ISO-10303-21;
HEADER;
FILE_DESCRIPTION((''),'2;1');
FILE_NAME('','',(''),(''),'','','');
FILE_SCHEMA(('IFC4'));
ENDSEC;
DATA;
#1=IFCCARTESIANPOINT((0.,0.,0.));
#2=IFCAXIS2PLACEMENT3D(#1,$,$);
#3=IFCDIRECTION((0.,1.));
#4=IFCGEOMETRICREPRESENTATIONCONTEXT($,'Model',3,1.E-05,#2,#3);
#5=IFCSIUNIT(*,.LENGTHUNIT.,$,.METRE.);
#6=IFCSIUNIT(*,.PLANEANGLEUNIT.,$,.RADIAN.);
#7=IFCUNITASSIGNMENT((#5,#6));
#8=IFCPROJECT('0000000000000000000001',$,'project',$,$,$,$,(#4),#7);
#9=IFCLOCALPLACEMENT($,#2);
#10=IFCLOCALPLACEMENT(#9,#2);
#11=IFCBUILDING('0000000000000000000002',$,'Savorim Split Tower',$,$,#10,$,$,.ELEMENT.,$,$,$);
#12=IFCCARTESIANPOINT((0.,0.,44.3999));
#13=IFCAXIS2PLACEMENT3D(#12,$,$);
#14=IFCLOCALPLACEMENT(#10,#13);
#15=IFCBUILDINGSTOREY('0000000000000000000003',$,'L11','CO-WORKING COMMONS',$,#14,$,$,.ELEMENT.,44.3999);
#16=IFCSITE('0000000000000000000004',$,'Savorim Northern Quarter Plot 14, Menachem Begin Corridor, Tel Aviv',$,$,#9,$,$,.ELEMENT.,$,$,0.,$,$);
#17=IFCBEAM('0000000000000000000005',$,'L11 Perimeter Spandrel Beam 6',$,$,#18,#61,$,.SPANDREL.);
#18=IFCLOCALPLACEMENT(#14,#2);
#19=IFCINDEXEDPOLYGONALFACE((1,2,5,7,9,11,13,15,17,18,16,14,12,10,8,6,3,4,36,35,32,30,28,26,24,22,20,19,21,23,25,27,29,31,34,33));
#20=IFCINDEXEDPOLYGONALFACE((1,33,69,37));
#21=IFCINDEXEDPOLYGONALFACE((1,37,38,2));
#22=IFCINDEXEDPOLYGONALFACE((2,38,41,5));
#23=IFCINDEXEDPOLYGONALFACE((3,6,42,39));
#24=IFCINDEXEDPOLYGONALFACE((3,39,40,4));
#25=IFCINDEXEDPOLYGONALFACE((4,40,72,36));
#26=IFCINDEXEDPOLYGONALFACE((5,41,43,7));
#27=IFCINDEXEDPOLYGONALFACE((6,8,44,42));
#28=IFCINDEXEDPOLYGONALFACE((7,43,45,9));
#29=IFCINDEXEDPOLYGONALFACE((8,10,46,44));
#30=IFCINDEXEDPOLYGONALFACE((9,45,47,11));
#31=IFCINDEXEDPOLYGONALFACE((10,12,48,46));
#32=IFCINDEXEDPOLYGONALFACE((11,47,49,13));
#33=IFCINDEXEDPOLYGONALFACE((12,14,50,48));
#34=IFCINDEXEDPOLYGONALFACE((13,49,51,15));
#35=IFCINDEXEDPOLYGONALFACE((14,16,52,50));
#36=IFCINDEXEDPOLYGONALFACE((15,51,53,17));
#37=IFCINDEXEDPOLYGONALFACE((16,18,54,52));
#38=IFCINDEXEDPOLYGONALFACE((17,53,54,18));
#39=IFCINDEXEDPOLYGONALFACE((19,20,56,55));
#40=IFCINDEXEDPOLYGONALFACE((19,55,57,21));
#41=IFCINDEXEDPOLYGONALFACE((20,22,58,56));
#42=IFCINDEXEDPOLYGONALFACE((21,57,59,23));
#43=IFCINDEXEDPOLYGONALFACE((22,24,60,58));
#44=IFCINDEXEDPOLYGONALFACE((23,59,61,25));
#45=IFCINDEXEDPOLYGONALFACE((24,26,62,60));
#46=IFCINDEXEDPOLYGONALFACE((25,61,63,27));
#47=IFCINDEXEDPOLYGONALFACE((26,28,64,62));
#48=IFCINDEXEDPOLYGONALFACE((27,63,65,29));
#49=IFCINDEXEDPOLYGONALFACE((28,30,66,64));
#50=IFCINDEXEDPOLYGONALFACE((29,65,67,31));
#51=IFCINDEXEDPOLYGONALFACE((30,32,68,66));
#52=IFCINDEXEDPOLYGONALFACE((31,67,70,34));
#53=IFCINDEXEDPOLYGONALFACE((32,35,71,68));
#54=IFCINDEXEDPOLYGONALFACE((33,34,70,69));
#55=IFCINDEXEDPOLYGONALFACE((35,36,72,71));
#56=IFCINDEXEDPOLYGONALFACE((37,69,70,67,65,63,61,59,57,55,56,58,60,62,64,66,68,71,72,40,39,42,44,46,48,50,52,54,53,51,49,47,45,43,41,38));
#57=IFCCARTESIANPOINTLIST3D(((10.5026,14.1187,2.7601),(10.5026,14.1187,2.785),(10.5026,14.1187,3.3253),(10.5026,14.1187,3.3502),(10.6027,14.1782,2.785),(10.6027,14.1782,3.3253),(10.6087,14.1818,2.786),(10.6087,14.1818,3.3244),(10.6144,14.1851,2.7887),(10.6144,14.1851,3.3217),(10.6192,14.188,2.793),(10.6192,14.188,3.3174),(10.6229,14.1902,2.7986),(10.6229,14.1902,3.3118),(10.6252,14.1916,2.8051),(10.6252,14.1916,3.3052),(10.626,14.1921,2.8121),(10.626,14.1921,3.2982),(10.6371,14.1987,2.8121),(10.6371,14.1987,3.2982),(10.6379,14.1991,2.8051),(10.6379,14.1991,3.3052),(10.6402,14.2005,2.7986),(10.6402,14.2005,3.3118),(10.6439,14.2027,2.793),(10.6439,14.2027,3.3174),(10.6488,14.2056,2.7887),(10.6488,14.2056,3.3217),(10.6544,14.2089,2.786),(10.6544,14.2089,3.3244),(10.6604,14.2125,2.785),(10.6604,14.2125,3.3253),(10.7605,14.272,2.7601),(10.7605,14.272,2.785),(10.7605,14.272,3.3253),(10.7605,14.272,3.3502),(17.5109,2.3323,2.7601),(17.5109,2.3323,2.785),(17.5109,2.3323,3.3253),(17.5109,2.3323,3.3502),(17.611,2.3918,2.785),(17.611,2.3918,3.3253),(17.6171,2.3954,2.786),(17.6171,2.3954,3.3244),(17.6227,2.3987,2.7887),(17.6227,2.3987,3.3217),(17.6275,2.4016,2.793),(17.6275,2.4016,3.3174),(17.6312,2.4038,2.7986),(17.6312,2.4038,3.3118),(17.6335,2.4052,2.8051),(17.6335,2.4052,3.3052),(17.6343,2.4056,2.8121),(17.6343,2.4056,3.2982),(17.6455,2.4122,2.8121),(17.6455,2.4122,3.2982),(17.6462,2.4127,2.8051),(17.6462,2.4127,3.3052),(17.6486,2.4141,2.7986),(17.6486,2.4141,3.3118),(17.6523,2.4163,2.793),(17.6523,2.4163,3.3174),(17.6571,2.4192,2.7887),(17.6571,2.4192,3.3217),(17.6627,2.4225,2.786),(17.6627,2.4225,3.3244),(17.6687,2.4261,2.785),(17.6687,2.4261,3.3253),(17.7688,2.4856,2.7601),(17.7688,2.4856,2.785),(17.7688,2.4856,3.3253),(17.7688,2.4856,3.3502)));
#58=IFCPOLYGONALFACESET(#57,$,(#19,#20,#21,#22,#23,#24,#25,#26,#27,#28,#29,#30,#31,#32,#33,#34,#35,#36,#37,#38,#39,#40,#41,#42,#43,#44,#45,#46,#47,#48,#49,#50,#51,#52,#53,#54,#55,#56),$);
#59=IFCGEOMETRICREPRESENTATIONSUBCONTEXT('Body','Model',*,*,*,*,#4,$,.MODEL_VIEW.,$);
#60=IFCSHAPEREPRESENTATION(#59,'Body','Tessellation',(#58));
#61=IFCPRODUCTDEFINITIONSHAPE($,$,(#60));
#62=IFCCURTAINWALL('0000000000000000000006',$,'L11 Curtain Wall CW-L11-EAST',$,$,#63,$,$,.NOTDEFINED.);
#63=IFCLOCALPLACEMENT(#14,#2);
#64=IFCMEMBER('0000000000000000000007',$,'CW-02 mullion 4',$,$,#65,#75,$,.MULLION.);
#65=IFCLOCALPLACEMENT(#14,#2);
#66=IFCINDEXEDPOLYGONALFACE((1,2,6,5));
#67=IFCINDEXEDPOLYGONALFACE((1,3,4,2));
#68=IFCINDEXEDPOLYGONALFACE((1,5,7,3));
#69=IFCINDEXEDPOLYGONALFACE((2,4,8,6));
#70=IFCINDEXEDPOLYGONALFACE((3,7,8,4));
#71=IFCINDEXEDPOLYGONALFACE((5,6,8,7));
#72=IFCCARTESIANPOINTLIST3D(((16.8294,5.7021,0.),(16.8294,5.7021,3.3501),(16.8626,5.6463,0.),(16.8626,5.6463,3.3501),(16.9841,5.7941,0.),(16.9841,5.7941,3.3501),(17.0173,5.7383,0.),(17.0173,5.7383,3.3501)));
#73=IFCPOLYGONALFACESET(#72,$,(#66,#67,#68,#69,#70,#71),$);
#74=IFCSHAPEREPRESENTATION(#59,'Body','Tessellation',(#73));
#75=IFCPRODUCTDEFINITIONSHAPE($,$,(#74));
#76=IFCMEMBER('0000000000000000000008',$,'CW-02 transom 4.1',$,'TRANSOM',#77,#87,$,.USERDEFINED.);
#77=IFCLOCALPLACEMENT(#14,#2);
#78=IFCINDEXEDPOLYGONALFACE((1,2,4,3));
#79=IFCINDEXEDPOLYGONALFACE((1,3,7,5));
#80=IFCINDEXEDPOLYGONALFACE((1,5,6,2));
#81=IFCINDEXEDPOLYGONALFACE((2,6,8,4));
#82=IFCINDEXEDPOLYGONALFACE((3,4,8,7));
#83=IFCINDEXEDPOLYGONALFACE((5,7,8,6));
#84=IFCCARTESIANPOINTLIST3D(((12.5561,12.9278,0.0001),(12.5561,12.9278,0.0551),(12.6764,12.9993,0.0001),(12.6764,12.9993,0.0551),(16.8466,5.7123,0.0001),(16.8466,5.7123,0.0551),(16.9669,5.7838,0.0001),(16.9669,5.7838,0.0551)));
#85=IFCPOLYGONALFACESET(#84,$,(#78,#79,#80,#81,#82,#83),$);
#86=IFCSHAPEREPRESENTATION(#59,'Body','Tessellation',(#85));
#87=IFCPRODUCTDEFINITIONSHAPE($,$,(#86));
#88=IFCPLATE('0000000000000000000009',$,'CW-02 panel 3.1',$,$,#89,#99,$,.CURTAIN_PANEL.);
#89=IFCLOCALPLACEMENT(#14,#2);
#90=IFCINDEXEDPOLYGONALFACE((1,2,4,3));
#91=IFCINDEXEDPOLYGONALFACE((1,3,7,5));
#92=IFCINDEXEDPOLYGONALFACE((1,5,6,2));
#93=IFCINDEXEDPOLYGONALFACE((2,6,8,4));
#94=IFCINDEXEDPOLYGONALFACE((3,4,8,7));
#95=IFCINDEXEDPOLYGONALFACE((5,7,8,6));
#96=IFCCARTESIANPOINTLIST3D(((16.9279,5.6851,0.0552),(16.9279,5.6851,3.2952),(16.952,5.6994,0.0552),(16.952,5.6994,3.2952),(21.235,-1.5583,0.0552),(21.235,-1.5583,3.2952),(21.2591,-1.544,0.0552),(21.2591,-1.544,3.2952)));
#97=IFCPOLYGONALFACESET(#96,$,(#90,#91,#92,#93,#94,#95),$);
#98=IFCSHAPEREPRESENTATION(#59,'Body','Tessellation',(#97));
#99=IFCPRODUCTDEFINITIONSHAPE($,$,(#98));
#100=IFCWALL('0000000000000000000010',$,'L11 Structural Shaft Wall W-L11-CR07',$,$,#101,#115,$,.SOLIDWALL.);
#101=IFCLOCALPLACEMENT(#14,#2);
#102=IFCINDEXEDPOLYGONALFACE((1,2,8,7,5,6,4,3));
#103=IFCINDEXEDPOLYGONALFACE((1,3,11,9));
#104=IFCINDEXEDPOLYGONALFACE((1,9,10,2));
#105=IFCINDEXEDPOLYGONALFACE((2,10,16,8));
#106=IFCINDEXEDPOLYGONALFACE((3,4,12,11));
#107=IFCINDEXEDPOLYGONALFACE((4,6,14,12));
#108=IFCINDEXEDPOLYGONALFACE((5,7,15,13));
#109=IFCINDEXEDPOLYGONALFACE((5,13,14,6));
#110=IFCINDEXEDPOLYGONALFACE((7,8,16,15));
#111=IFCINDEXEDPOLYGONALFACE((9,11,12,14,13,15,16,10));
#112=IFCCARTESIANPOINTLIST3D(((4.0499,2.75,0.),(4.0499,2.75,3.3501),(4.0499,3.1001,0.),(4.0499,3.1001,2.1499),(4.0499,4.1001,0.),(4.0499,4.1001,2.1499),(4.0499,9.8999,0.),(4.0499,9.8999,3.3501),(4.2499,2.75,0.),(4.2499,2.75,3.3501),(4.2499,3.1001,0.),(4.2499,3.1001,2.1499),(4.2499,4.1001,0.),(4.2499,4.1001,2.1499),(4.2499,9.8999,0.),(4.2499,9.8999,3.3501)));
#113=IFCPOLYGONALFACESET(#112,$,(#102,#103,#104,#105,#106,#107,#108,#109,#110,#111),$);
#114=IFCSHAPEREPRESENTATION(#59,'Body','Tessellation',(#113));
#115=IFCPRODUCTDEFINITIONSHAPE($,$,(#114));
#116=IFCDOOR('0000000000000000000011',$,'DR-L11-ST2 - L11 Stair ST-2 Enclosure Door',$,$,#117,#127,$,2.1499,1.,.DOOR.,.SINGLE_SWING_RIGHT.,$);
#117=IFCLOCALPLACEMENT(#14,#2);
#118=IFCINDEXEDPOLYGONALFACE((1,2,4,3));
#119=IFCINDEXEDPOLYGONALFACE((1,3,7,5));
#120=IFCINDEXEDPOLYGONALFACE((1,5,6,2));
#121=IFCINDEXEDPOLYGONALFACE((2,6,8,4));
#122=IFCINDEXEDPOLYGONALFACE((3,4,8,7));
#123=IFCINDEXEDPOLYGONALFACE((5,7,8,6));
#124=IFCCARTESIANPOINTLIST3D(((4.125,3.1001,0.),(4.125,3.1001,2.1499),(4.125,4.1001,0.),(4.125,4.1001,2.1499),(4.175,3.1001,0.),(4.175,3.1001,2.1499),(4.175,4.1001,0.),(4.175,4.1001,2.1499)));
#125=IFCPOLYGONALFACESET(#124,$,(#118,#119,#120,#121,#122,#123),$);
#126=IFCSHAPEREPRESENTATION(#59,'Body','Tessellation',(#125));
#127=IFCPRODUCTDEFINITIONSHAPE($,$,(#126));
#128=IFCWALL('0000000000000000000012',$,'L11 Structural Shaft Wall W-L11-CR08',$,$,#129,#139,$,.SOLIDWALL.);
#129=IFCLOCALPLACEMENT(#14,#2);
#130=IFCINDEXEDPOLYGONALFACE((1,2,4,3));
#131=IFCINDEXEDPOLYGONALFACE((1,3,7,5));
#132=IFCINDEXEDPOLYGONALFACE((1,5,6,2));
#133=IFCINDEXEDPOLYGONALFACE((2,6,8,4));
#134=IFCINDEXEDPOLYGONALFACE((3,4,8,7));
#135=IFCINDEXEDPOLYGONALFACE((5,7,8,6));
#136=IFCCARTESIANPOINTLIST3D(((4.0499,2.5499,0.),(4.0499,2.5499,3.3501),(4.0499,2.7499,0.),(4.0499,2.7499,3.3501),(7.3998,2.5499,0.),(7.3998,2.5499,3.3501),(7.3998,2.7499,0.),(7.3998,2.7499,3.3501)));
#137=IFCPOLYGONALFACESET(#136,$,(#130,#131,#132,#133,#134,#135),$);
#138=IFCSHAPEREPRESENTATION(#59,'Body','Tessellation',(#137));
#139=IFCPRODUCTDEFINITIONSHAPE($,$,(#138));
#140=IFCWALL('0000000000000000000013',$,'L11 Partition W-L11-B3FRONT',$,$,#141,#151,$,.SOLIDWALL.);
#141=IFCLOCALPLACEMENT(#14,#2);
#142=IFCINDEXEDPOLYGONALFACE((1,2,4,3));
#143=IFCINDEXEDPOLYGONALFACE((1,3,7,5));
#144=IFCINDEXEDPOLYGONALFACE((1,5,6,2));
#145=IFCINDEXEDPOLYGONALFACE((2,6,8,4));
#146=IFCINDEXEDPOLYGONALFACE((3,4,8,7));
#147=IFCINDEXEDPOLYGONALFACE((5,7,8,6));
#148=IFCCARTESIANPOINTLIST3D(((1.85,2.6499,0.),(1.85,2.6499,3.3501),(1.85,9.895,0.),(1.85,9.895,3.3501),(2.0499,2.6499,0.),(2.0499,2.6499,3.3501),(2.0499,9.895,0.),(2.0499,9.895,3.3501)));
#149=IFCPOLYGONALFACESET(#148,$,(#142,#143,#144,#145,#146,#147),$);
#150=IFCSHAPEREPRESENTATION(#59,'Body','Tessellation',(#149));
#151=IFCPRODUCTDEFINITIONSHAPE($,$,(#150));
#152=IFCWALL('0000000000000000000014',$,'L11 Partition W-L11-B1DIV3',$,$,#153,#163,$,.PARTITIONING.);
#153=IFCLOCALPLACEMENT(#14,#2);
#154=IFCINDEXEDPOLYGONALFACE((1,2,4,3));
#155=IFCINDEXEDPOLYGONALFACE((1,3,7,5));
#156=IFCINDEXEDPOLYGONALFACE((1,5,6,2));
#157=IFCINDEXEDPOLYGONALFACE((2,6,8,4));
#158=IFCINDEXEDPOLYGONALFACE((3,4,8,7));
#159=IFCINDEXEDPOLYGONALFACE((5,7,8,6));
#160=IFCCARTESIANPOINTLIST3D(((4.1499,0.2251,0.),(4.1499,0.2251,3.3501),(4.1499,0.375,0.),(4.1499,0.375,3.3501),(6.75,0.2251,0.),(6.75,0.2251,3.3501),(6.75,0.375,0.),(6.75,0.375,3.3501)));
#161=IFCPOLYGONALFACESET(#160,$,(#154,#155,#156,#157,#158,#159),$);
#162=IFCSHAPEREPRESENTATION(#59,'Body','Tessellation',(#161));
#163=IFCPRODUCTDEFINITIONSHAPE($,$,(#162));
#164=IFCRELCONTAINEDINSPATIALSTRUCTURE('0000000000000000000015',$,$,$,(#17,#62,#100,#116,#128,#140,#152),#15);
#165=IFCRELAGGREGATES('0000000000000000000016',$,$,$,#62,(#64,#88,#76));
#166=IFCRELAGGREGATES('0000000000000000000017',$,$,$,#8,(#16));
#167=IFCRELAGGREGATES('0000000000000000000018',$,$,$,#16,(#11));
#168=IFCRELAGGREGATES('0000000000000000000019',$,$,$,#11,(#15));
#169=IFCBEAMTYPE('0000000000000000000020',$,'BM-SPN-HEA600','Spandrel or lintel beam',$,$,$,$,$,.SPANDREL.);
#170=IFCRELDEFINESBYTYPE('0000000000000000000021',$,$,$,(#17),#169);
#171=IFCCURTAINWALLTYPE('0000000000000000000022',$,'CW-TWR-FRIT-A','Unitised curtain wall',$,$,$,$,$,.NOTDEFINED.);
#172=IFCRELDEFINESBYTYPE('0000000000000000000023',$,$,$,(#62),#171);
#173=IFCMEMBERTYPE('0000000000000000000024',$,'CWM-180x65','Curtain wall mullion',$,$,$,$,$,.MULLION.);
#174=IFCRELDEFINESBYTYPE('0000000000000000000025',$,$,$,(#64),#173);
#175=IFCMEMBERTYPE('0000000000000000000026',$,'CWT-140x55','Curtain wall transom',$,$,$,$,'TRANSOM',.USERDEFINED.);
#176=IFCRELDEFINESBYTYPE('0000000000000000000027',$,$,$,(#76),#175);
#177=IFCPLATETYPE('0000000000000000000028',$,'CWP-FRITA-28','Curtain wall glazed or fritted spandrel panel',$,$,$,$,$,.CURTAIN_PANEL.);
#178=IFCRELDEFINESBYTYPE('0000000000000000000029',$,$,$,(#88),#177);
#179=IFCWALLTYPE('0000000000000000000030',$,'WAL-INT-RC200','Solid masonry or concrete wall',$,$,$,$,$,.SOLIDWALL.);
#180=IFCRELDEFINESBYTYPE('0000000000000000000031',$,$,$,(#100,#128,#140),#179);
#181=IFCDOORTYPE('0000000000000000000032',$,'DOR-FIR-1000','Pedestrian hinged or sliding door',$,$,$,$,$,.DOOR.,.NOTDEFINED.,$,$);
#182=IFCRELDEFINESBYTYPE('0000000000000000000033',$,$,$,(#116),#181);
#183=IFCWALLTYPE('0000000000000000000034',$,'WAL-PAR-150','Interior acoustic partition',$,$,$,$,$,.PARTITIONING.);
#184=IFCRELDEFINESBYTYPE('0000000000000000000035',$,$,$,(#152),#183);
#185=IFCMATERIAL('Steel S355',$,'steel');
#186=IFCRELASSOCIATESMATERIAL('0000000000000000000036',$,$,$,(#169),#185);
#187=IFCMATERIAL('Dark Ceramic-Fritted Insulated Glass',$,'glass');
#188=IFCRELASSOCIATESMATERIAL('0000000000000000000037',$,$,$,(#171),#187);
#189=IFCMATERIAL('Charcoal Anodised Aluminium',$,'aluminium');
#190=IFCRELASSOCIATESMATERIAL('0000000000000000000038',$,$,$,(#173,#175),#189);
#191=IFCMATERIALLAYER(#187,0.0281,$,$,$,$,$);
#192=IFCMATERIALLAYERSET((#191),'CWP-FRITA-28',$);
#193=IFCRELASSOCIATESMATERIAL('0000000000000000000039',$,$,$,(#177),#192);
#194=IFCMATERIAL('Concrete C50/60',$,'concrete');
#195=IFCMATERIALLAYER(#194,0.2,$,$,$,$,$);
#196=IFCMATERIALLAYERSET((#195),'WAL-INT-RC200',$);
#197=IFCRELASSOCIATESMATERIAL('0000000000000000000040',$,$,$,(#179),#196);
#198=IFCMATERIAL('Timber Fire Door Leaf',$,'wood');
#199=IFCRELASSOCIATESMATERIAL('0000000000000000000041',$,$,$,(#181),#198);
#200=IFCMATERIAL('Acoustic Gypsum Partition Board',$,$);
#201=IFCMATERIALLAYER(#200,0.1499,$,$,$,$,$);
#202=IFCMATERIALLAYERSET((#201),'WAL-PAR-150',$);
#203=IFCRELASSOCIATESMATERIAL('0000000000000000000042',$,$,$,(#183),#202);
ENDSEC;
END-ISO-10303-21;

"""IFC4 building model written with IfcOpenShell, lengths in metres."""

from ifc_helpers import new_model, si_unit, direction, frame, frame_2d, origin, origin_2d, place, context, subcontext, project, spatial, rectangle, i_section, extrude, material, layer, layer_set, material_profile, profile_set, type_object, element, fill, aggregate, save


model = new_model("IFC4")

# Units and contexts
model_context = context("Model", 3, precision=1e-05, world=origin(), true_north=direction((0.0, 1.0)))
body_context = subcontext(model_context, "Body", "Model", "MODEL_VIEW")
ifc_project = project(units=[si_unit("LENGTHUNIT", "METRE"), si_unit("PLANEANGLEUNIT", "RADIAN")], contexts=[model_context])

# Site, building, storey
site_placement = place(None, origin())
site = spatial("IfcSite", under=ifc_project, at=site_placement, Name="Savorim Northern Quarter Plot 14, Menachem Begin Corridor, Tel Aviv", CompositionType="ELEMENT", RefElevation=0.0)
building_placement = place(site_placement, origin())
building = spatial("IfcBuilding", under=site, at=building_placement, Name="Savorim Split Tower", CompositionType="ELEMENT")
storey_placement = place(building_placement, frame((0.0, 0.0, 44.3999)))
storey = spatial("IfcBuildingStorey", under=building, at=storey_placement, Name="L11", Description="CO-WORKING COMMONS", CompositionType="ELEMENT", Elevation=44.3999)

# Beam
ifc_material_1 = material(Name="Steel S355", Category="steel")
ifc_material_profile_1 = material_profile(ifc_material_1, i_section(OverallWidth=0.3, OverallDepth=0.5901, WebThickness=0.0129, FlangeThickness=0.0249, FilletRadius=0.0271, at=origin_2d()), Name="HEA 600")
ifc_profile_set_1 = profile_set([ifc_material_profile_1], Name="Steel S355")
beam_type_1 = type_object("IfcBeamType", Name="BM-SPN-HEA600", Description="Spandrel or lintel beam", PredefinedType="SPANDREL", material=ifc_profile_set_1)
beam_1_placement = place(storey_placement, frame((17.6399, 2.4089, 3.0552), z_axis=(-0.511085, 0.85953, 0.0), x_axis=(-0.85953, -0.511085, 0.0)))
element("IfcBeam", 1, at=beam_1_placement, inside=storey, type_object=beam_type_1, Name="L11 Perimeter Spandrel Beam 6", PredefinedType="SPANDREL", context=body_context, shape_type="SweptSolid", body=[
    extrude(i_section(OverallWidth=0.3, OverallDepth=0.5901, WebThickness=0.0129, FlangeThickness=0.0249, FilletRadius=0.0271, at=origin_2d()), origin(), (0.0, 0.0, 1.0), 13.7126),
])

# Curtain wall, members, plate
ifc_material_2 = material(Name="Dark Ceramic-Fritted Insulated Glass", Category="glass")
curtain_wall_type = type_object("IfcCurtainWallType", Name="CW-TWR-FRIT-A", Description="Unitised curtain wall", PredefinedType="NOTDEFINED", material=ifc_material_2)
curtain_wall_placement = place(storey_placement, origin())
curtain_wall = element("IfcCurtainWall", 2, at=curtain_wall_placement, inside=storey, type_object=curtain_wall_type, Name="L11 Curtain Wall CW-L11-EAST", PredefinedType="NOTDEFINED")
ifc_material_3 = material(Name="Charcoal Anodised Aluminium", Category="aluminium")
ifc_material_profile_2 = material_profile(ifc_material_3, rectangle(XDim=0.1799, YDim=0.0649, at=origin_2d()), Name="ALU-M 180x65")
ifc_profile_set_2 = profile_set([ifc_material_profile_2], Name="Charcoal Anodised Aluminium")
member_type_1 = type_object("IfcMemberType", Name="CWM-180x65", Description="Curtain wall mullion", PredefinedType="MULLION", material=ifc_profile_set_2)
member_1_placement = place(storey_placement, frame((16.9233, 5.7202, 0.0), z_axis=(0.0, 0.0, 1.0), x_axis=(-0.859526, -0.511092, 0.0)))
member_1 = element("IfcMember", 3, at=member_1_placement, type_object=member_type_1, Name="CW-02 mullion 4", PredefinedType="MULLION", context=body_context, shape_type="SweptSolid", body=[
    extrude(rectangle(XDim=0.1799, YDim=0.0649, at=origin_2d()), origin(), (0.0, 0.0, 1.0), 3.3501),
])
ifc_material_profile_3 = material_profile(ifc_material_3, rectangle(XDim=0.1399, YDim=0.0549, at=origin_2d()), Name="ALU-T 140x55")
ifc_profile_set_3 = profile_set([ifc_material_profile_3], Name="Charcoal Anodised Aluminium")
member_type_2 = type_object("IfcMemberType", Name="CWT-140x55", Description="Curtain wall transom", ElementType="TRANSOM", PredefinedType="USERDEFINED", material=ifc_profile_set_3)
member_2_placement = place(storey_placement, frame((16.9067, 5.748, 0.0276), z_axis=(-0.511092, 0.859526, 0.0), x_axis=(-0.859526, -0.511092, 0.0)))
member_2 = element("IfcMember", 4, at=member_2_placement, type_object=member_type_2, Name="CW-02 transom 4.1", ObjectType="TRANSOM", PredefinedType="USERDEFINED", context=body_context, shape_type="SweptSolid", body=[
    extrude(rectangle(XDim=0.1399, YDim=0.0549, at=origin_2d()), origin(), (0.0, 0.0, 1.0), 8.3948),
])
ifc_layer_1 = layer(ifc_material_2, 0.0281)
ifc_layer_set_1 = layer_set([ifc_layer_1], Name="CWP-FRITA-28")
plate_type = type_object("IfcPlateType", Name="CWP-FRITA-28", Description="Curtain wall glazed or fritted spandrel panel", PredefinedType="CURTAIN_PANEL", material=ifc_layer_set_1)
plate_placement = place(storey_placement, frame((19.0935, 2.0706, 0.0552), z_axis=(0.0, 0.0, 1.0), x_axis=(-0.511092, 0.859526, 0.0)))
plate = element("IfcPlate", 5, at=plate_placement, type_object=plate_type, Name="CW-02 panel 3.1", PredefinedType="CURTAIN_PANEL", context=body_context, shape_type="SweptSolid", body=[
    extrude(rectangle(XDim=8.4272, YDim=0.0281, at=origin_2d()), origin(), (0.0, 0.0, 1.0), 3.24),
])
aggregate(curtain_wall, [member_1, plate, member_2])

# Wall, opening, door
ifc_material_4 = material(Name="Concrete C50/60", Category="concrete")
ifc_layer_2 = layer(ifc_material_4, 0.2)
ifc_layer_set_2 = layer_set([ifc_layer_2], Name="WAL-INT-RC200")
wall_type_1 = type_object("IfcWallType", Name="WAL-INT-RC200", Description="Solid masonry or concrete wall", PredefinedType="SOLIDWALL", material=ifc_layer_set_2)
wall_1_placement = place(storey_placement, frame((4.1499, 2.75, 0.0), z_axis=(0.0, 0.0, 1.0), x_axis=(0.0, 1.0, 0.0)))
wall_1 = element("IfcWall", 6, at=wall_1_placement, inside=storey, type_object=wall_type_1, Name="L11 Structural Shaft Wall W-L11-CR07", PredefinedType="SOLIDWALL", context=body_context, shape_type="SweptSolid", body=[
    extrude(rectangle(XDim=7.1499, YDim=0.2, at=frame_2d((3.575, 0.0))), origin(), (0.0, 0.0, 1.0), 3.3501),
])
opening_placement = place(wall_1_placement, frame((0.3501, 0.0, 0.0)))
opening = element("IfcOpeningElement", 7, at=opening_placement, cuts=wall_1, PredefinedType="OPENING", context=body_context, shape_type="SweptSolid", body=[
    extrude(rectangle(XDim=1.0, YDim=2.1499, at=frame_2d((0.5, 1.075))), frame((0.0, 0.1099, 0.0), z_axis=(0.0, -1.0, 0.0), x_axis=(1.0, 0.0, 0.0)), (0.0, 0.0, 1.0), 0.22),
])
ifc_material_5 = material(Name="Timber Fire Door Leaf", Category="wood")
door_type = type_object("IfcDoorType", Name="DOR-FIR-1000", Description="Pedestrian hinged or sliding door", OperationType="NOTDEFINED", PredefinedType="DOOR", material=ifc_material_5)
door_placement = place(opening_placement, origin())
door = element("IfcDoor", 8, at=door_placement, inside=storey, type_object=door_type, Name="DR-L11-ST2 - L11 Stair ST-2 Enclosure Door", OperationType="SINGLE_SWING_RIGHT", OverallHeight=2.1499, OverallWidth=1.0, PredefinedType="DOOR", context=body_context, shape_type="SweptSolid", body=[
    extrude(rectangle(XDim=1.0, YDim=2.1499, at=frame_2d((0.5, 1.075))), frame((0.0, 0.0249, 0.0), z_axis=(0.0, -1.0, 0.0), x_axis=(1.0, 0.0, 0.0)), (0.0, 0.0, 1.0), 0.05),
])
fill(opening, door)

# Walls
wall_2_placement = place(storey_placement, frame((4.05, 2.6499, 0.0), z_axis=(0.0, 0.0, 1.0), x_axis=(1.0, 0.0, 0.0)))
element("IfcWall", 9, at=wall_2_placement, inside=storey, type_object=wall_type_1, Name="L11 Structural Shaft Wall W-L11-CR08", PredefinedType="SOLIDWALL", context=body_context, shape_type="SweptSolid", body=[
    extrude(rectangle(XDim=3.3499, YDim=0.2, at=frame_2d((1.6748, 0.0))), origin(), (0.0, 0.0, 1.0), 3.3501),
])
wall_3_placement = place(storey_placement, frame((1.95, 2.6499, 0.0), z_axis=(0.0, 0.0, 1.0), x_axis=(0.0, 1.0, 0.0)))
element("IfcWall", 10, at=wall_3_placement, inside=storey, type_object=wall_type_1, Name="L11 Partition W-L11-B3FRONT", PredefinedType="SOLIDWALL", context=body_context, shape_type="SweptSolid", body=[
    extrude(rectangle(XDim=7.2451, YDim=0.2, at=frame_2d((3.6226, 0.0))), origin(), (0.0, 0.0, 1.0), 3.3501),
])
ifc_material_6 = material(Name="Acoustic Gypsum Partition Board")
ifc_layer_3 = layer(ifc_material_6, 0.1499)
ifc_layer_set_3 = layer_set([ifc_layer_3], Name="WAL-PAR-150")
wall_type_2 = type_object("IfcWallType", Name="WAL-PAR-150", Description="Interior acoustic partition", PredefinedType="PARTITIONING", material=ifc_layer_set_3)
wall_4_placement = place(storey_placement, frame((4.1499, 0.3, 0.0), z_axis=(0.0, 0.0, 1.0), x_axis=(1.0, 0.0, 0.0)))
element("IfcWall", 11, at=wall_4_placement, inside=storey, type_object=wall_type_2, Name="L11 Partition W-L11-B1DIV3", PredefinedType="PARTITIONING", context=body_context, shape_type="SweptSolid", body=[
    extrude(rectangle(XDim=2.6001, YDim=0.1499, at=frame_2d((1.3, 0.0))), origin(), (0.0, 0.0, 1.0), 3.3501),
])

save(model, "model.ifc")
